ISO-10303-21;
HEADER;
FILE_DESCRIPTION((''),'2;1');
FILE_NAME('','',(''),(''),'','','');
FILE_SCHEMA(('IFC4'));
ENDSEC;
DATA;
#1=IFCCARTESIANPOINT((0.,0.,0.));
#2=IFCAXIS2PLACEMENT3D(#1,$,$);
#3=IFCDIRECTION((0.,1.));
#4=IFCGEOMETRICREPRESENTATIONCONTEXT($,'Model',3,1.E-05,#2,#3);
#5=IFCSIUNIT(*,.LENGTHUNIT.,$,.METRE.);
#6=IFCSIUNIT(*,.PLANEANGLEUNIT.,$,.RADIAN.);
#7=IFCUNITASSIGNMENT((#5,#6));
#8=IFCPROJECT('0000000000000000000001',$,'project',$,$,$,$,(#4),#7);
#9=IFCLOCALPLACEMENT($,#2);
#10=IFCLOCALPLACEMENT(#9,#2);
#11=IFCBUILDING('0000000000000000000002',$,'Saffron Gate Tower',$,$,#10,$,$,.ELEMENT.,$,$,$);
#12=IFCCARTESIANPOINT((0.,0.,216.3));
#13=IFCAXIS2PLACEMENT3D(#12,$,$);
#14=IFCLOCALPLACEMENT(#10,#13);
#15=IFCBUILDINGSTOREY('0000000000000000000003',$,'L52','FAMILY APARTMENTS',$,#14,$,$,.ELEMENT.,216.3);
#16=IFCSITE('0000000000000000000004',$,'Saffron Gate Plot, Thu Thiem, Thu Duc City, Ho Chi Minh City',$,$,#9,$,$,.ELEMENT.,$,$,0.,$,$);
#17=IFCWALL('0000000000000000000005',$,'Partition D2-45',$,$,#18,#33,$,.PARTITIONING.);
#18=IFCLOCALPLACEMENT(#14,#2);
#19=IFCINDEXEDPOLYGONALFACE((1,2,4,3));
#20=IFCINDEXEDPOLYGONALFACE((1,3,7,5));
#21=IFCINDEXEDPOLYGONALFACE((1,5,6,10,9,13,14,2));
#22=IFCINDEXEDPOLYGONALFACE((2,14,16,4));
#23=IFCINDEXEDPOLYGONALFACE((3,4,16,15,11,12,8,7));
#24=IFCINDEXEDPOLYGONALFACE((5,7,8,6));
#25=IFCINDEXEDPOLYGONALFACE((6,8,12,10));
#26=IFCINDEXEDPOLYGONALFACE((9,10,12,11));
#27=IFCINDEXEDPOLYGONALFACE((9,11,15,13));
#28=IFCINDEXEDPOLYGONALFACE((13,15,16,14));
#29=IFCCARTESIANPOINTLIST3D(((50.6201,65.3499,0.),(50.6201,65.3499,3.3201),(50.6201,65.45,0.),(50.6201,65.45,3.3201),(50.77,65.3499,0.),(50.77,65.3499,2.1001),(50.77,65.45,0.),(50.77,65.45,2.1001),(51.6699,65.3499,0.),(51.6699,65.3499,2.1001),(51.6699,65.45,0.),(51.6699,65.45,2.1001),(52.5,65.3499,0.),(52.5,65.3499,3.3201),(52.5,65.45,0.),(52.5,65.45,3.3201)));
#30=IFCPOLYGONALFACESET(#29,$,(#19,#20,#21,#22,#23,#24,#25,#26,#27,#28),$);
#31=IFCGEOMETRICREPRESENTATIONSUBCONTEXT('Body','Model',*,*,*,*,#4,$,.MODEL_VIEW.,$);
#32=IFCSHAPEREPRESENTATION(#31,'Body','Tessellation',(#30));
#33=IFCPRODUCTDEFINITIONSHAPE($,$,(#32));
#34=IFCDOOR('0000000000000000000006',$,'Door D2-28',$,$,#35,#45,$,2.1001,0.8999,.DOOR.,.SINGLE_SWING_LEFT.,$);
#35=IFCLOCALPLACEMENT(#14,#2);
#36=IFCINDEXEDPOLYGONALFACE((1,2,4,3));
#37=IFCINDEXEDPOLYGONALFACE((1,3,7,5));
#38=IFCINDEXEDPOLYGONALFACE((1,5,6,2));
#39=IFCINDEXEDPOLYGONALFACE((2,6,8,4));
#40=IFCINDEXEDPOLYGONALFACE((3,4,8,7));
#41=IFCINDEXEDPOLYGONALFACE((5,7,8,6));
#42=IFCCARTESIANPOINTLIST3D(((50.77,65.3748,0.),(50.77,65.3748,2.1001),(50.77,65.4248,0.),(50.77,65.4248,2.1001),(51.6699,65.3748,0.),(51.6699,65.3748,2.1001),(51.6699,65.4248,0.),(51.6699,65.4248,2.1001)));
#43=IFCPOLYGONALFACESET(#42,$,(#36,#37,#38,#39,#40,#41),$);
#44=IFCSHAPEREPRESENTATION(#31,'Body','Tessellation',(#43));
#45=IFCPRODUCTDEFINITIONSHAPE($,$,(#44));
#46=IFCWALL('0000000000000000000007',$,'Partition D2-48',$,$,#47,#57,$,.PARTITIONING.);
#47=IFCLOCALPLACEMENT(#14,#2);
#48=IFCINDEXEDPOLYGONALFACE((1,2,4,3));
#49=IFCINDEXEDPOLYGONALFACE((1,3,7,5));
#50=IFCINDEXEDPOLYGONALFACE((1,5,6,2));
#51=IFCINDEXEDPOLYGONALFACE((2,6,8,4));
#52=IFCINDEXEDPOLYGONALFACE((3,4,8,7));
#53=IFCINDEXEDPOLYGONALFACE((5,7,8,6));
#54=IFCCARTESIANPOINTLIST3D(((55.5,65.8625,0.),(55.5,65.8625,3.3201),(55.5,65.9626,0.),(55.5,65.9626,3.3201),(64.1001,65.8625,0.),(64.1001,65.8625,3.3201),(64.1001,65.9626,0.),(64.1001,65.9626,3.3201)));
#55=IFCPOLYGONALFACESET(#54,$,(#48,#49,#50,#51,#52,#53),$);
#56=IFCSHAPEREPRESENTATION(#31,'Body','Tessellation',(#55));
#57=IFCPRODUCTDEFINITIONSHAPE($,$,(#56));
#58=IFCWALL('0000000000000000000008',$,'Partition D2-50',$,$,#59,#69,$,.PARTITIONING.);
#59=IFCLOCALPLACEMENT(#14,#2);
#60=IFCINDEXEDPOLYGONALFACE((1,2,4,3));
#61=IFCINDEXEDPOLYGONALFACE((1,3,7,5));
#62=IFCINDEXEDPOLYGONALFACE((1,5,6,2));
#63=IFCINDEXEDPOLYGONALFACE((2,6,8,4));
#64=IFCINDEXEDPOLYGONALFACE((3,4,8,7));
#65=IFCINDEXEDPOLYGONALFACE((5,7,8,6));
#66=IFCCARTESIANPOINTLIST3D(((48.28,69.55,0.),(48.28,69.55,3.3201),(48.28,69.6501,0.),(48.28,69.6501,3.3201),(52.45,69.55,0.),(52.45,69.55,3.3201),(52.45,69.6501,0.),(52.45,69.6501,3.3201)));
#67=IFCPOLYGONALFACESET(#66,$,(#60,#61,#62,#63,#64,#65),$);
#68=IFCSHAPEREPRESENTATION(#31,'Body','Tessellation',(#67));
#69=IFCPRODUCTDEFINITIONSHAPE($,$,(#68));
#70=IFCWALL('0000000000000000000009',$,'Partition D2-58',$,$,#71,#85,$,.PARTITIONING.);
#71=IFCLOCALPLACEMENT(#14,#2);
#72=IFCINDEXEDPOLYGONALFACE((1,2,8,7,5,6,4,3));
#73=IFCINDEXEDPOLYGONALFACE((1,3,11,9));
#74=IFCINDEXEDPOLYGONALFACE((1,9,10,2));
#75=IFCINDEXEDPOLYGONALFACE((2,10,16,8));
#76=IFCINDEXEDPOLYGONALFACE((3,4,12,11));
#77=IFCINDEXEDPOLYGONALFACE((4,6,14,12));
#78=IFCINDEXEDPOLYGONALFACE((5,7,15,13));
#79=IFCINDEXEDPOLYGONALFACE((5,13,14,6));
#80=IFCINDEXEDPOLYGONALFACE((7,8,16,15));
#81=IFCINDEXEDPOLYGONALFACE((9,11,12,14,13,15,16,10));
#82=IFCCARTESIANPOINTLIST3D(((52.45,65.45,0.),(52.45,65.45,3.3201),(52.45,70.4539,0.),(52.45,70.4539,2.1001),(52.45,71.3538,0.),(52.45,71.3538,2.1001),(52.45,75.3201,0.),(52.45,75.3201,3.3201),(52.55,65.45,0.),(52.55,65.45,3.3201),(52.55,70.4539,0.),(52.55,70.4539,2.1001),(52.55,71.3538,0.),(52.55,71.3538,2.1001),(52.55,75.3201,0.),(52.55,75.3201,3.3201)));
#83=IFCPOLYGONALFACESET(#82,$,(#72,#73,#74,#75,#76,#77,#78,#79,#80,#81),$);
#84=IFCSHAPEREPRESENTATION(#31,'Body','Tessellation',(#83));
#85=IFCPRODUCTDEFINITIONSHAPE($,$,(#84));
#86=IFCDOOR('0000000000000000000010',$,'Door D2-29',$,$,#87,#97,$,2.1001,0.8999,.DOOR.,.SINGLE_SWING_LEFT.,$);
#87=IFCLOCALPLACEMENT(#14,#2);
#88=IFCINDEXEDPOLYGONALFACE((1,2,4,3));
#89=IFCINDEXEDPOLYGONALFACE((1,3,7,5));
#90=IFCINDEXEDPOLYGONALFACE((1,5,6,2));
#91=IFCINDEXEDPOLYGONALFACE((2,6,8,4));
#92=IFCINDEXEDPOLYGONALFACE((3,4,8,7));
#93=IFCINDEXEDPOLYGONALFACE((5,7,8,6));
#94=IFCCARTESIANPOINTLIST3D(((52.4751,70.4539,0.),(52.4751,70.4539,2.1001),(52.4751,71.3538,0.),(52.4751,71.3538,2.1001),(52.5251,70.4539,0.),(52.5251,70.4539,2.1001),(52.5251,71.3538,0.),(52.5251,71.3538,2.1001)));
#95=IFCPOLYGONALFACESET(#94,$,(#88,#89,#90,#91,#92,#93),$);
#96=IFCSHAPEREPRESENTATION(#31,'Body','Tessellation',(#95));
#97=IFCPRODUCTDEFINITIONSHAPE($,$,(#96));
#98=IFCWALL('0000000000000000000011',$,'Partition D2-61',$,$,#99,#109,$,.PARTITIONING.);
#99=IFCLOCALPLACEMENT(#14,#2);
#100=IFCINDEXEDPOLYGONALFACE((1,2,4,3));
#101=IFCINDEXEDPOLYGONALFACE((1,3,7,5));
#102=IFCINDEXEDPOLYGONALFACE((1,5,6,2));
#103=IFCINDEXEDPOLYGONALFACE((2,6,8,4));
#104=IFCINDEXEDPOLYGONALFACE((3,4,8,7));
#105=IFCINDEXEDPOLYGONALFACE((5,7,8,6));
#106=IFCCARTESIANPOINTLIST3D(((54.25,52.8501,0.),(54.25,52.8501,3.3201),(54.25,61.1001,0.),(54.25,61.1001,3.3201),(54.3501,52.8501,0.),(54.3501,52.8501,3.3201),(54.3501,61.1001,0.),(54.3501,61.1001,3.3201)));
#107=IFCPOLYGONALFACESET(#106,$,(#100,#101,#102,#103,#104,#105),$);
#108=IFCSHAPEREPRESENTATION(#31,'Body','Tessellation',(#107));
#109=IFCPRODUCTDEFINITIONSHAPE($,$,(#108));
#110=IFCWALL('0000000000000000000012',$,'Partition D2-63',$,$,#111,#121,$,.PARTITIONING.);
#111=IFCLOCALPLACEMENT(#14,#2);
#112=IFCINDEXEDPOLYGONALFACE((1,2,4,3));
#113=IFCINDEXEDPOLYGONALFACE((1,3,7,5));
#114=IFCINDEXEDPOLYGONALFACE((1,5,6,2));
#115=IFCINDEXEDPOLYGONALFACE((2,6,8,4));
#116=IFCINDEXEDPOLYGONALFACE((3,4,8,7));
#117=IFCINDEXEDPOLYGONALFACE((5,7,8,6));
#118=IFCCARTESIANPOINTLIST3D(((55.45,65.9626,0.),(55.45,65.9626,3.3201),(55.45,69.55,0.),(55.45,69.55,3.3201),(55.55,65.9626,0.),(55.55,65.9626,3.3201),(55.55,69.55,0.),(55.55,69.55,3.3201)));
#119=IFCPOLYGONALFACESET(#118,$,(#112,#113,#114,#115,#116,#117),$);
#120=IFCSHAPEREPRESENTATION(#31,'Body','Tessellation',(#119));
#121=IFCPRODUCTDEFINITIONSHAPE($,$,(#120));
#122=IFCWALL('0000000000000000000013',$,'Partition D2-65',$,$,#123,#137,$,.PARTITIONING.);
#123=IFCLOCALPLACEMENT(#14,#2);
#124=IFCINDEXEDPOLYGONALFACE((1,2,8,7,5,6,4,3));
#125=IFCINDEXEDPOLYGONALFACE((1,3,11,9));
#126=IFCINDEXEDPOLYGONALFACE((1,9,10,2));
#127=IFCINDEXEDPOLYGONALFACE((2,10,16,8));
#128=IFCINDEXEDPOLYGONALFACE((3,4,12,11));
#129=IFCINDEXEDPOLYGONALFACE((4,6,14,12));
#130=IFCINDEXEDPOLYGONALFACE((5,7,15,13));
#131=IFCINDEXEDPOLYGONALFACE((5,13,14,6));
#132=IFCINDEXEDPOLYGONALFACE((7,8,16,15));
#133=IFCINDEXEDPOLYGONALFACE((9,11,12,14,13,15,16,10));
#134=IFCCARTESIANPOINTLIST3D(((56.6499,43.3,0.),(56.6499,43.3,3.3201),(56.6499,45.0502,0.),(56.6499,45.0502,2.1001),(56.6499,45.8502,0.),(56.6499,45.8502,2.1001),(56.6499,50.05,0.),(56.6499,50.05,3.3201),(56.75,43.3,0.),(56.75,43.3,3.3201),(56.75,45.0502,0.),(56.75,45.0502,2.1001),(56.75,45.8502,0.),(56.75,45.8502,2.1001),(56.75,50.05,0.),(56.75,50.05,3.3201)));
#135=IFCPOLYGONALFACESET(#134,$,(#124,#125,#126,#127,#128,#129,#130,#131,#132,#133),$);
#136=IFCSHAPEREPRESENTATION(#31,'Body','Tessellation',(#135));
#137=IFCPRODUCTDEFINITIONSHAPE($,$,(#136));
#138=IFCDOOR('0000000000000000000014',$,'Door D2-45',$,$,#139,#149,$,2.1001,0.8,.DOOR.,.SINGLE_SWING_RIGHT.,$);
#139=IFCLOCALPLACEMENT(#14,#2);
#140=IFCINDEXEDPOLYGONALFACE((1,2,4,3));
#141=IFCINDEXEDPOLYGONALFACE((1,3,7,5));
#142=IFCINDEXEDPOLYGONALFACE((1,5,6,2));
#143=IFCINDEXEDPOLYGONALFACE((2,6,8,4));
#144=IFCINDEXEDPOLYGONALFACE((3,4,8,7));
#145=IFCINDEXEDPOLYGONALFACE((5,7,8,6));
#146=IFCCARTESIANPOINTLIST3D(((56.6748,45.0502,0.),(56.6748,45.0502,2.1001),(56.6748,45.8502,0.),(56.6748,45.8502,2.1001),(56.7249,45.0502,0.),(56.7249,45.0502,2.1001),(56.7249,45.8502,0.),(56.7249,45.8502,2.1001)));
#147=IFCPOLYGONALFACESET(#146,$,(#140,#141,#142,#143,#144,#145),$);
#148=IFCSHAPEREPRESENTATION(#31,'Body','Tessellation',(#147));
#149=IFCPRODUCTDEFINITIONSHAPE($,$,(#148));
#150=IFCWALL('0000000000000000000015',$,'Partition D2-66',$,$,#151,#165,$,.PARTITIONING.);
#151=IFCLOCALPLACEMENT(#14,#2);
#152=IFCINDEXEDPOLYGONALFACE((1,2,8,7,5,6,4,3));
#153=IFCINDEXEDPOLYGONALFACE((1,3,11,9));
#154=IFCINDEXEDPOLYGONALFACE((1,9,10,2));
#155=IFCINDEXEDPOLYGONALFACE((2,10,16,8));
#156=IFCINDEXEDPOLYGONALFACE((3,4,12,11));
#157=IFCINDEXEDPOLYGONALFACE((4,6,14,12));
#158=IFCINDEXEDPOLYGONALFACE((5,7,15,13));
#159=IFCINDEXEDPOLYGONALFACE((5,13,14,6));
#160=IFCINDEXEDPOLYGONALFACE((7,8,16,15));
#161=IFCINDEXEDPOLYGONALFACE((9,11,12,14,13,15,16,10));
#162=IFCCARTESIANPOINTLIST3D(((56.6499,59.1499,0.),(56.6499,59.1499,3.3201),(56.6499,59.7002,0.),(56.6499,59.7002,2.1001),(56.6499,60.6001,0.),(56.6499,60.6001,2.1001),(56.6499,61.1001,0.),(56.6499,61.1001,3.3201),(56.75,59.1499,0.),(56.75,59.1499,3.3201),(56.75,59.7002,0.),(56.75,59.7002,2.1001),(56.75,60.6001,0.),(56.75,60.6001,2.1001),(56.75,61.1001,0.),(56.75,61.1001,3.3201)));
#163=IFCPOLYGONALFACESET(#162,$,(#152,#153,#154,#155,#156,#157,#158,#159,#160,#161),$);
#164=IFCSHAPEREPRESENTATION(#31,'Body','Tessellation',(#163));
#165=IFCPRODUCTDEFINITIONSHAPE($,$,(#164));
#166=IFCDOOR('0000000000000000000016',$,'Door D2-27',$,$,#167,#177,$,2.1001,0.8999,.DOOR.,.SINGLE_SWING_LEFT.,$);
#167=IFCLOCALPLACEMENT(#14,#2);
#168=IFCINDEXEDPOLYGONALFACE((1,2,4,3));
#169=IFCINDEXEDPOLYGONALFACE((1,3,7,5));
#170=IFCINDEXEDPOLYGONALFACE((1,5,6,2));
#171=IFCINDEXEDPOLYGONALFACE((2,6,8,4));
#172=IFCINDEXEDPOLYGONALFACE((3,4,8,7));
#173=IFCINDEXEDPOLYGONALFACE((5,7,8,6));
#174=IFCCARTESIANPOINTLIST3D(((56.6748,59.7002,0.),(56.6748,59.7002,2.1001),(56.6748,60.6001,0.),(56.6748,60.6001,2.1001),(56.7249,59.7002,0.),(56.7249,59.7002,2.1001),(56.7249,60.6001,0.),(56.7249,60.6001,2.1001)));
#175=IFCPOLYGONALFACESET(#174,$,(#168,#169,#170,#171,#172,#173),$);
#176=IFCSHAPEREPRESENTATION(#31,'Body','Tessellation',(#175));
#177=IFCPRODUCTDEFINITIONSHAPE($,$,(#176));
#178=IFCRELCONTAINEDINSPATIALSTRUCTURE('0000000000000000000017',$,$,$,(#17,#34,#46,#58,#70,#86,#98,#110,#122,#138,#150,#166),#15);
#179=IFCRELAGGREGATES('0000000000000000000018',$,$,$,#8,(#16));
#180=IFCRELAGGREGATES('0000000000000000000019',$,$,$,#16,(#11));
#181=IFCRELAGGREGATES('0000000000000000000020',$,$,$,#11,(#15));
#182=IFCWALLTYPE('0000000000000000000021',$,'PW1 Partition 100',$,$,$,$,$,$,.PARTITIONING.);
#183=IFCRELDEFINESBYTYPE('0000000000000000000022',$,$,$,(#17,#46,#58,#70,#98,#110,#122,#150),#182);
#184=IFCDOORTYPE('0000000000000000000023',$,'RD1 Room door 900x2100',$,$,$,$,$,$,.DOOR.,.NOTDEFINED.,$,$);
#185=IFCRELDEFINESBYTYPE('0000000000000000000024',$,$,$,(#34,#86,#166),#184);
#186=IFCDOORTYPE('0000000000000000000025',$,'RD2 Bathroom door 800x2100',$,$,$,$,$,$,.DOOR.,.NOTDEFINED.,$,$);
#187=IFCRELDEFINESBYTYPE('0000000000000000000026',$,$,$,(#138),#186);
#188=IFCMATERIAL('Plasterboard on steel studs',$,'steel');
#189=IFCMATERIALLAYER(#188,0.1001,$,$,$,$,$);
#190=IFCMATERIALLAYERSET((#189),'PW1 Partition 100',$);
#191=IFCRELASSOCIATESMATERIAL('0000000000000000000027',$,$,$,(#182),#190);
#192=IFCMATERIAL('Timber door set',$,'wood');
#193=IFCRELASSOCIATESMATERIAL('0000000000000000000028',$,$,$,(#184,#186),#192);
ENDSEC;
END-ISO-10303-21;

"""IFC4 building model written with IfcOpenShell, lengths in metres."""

from ifc_helpers import new_model, si_unit, direction, frame, frame_2d, origin, place, context, subcontext, project, spatial, rectangle, extrude, material, layer, layer_set, type_object, element, fill, save


model = new_model("IFC4")

# Units and contexts
model_context = context("Model", 3, precision=1e-05, world=origin(), true_north=direction((0.0, 1.0)))
body_context = subcontext(model_context, "Body", "Model", "MODEL_VIEW")
ifc_project = project(units=[si_unit("LENGTHUNIT", "METRE"), si_unit("PLANEANGLEUNIT", "RADIAN")], contexts=[model_context])

# Site, building, storey
site_placement = place(None, origin())
site = spatial("IfcSite", under=ifc_project, at=site_placement, Name="Saffron Gate Plot, Thu Thiem, Thu Duc City, Ho Chi Minh City", CompositionType="ELEMENT", RefElevation=0.0)
building_placement = place(site_placement, origin())
building = spatial("IfcBuilding", under=site, at=building_placement, Name="Saffron Gate Tower", CompositionType="ELEMENT")
storey_placement = place(building_placement, frame((0.0, 0.0, 216.3)))
storey = spatial("IfcBuildingStorey", under=building, at=storey_placement, Name="L52", Description="FAMILY APARTMENTS", CompositionType="ELEMENT", Elevation=216.3)

# Shared definitions
ifc_material_1 = material(Name="Plasterboard on steel studs", Category="steel")
ifc_layer_1 = layer(ifc_material_1, 0.1001)
ifc_layer_set_1 = layer_set([ifc_layer_1], Name="PW1 Partition 100")
wall_type_1 = type_object("IfcWallType", Name="PW1 Partition 100", PredefinedType="PARTITIONING", material=ifc_layer_set_1)

# Shared definitions
ifc_material_2 = material(Name="Timber door set", Category="wood")
door_type_1 = type_object("IfcDoorType", Name="RD1 Room door 900x2100", OperationType="NOTDEFINED", PredefinedType="DOOR", material=ifc_material_2)

# Wall, opening, door
wall_1_placement = place(storey_placement, frame((50.6201, 65.3999, 0.0), z_axis=(0.0, 0.0, 1.0), x_axis=(1.0, 0.0, 0.0)))
wall_1 = element("IfcWall", 1, at=wall_1_placement, inside=storey, type_object=wall_type_1, Name="Partition D2-45", PredefinedType="PARTITIONING", context=body_context, shape_type="SweptSolid", body=[
    extrude(rectangle(XDim=1.8799, YDim=0.1001, at=frame_2d((0.9399, 0.0))), origin(), (0.0, 0.0, 1.0), 3.3201),
])
opening_1_placement = place(wall_1_placement, frame((0.1499, 0.0, 0.0)))
opening_1 = element("IfcOpeningElement", 2, at=opening_1_placement, cuts=wall_1, PredefinedType="OPENING", context=body_context, shape_type="SweptSolid", body=[
    extrude(rectangle(XDim=0.8999, YDim=2.1001, at=frame_2d((0.45, 1.05))), frame((0.0, 0.0601, 0.0), z_axis=(0.0, -1.0, 0.0), x_axis=(1.0, 0.0, 0.0)), (0.0, 0.0, 1.0), 0.1201),
])
door_1_placement = place(opening_1_placement, origin())
door_1 = element("IfcDoor", 3, at=door_1_placement, inside=storey, type_object=door_type_1, Name="Door D2-28", OperationType="SINGLE_SWING_LEFT", OverallHeight=2.1001, OverallWidth=0.8999, PredefinedType="DOOR", context=body_context, shape_type="SweptSolid", body=[
    extrude(rectangle(XDim=0.8999, YDim=2.1001, at=frame_2d((0.45, 1.05))), frame((0.0, 0.0249, 0.0), z_axis=(0.0, -1.0, 0.0), x_axis=(1.0, 0.0, 0.0)), (0.0, 0.0, 1.0), 0.05),
])
fill(opening_1, door_1)

# Walls
wall_2_placement = place(storey_placement, frame((55.5, 65.9126, 0.0), z_axis=(0.0, 0.0, 1.0), x_axis=(1.0, 0.0, 0.0)))
element("IfcWall", 4, at=wall_2_placement, inside=storey, type_object=wall_type_1, Name="Partition D2-48", PredefinedType="PARTITIONING", context=body_context, shape_type="SweptSolid", body=[
    extrude(rectangle(XDim=8.6001, YDim=0.1001, at=frame_2d((4.3, 0.0))), origin(), (0.0, 0.0, 1.0), 3.3201),
])
wall_3_placement = place(storey_placement, frame((48.28, 69.6001, 0.0), z_axis=(0.0, 0.0, 1.0), x_axis=(1.0, 0.0, 0.0)))
element("IfcWall", 5, at=wall_3_placement, inside=storey, type_object=wall_type_1, Name="Partition D2-50", PredefinedType="PARTITIONING", context=body_context, shape_type="SweptSolid", body=[
    extrude(rectangle(XDim=4.1699, YDim=0.1001, at=frame_2d((2.085, 0.0))), origin(), (0.0, 0.0, 1.0), 3.3201),
])

# Wall, opening, door
wall_4_placement = place(storey_placement, frame((52.5, 65.45, 0.0), z_axis=(0.0, 0.0, 1.0), x_axis=(0.0, 1.0, 0.0)))
wall_4 = element("IfcWall", 6, at=wall_4_placement, inside=storey, type_object=wall_type_1, Name="Partition D2-58", PredefinedType="PARTITIONING", context=body_context, shape_type="SweptSolid", body=[
    extrude(rectangle(XDim=9.8701, YDim=0.1001, at=frame_2d((4.9351, 0.0))), origin(), (0.0, 0.0, 1.0), 3.3201),
])
opening_2_placement = place(wall_4_placement, frame((5.0039, 0.0, 0.0)))
opening_2 = element("IfcOpeningElement", 7, at=opening_2_placement, cuts=wall_4, PredefinedType="OPENING", context=body_context, shape_type="SweptSolid", body=[
    extrude(rectangle(XDim=0.8999, YDim=2.1001, at=frame_2d((0.45, 1.05))), frame((0.0, 0.0601, 0.0), z_axis=(0.0, -1.0, 0.0), x_axis=(1.0, 0.0, 0.0)), (0.0, 0.0, 1.0), 0.1201),
])
door_2_placement = place(opening_2_placement, origin())
door_2 = element("IfcDoor", 8, at=door_2_placement, inside=storey, type_object=door_type_1, Name="Door D2-29", OperationType="SINGLE_SWING_LEFT", OverallHeight=2.1001, OverallWidth=0.8999, PredefinedType="DOOR", context=body_context, shape_type="SweptSolid", body=[
    extrude(rectangle(XDim=0.8999, YDim=2.1001, at=frame_2d((0.45, 1.05))), frame((0.0, 0.0249, 0.0), z_axis=(0.0, -1.0, 0.0), x_axis=(1.0, 0.0, 0.0)), (0.0, 0.0, 1.0), 0.05),
])
fill(opening_2, door_2)

# Walls
wall_5_placement = place(storey_placement, frame((54.3, 61.1001, 0.0), z_axis=(0.0, 0.0, 1.0), x_axis=(0.0, -1.0, 0.0)))
element("IfcWall", 9, at=wall_5_placement, inside=storey, type_object=wall_type_1, Name="Partition D2-61", PredefinedType="PARTITIONING", context=body_context, shape_type="SweptSolid", body=[
    extrude(rectangle(XDim=8.25, YDim=0.1001, at=frame_2d((4.125, 0.0))), origin(), (0.0, 0.0, 1.0), 3.3201),
])
wall_6_placement = place(storey_placement, frame((55.5, 69.55, 0.0), z_axis=(0.0, 0.0, 1.0), x_axis=(0.0, -1.0, 0.0)))
element("IfcWall", 10, at=wall_6_placement, inside=storey, type_object=wall_type_1, Name="Partition D2-63", PredefinedType="PARTITIONING", context=body_context, shape_type="SweptSolid", body=[
    extrude(rectangle(XDim=3.5874, YDim=0.1001, at=frame_2d((1.7937, 0.0))), origin(), (0.0, 0.0, 1.0), 3.3201),
])

# Walls, openings, doors
wall_7_placement = place(storey_placement, frame((56.7, 50.05, 0.0), z_axis=(0.0, 0.0, 1.0), x_axis=(0.0, -1.0, 0.0)))
wall_7 = element("IfcWall", 11, at=wall_7_placement, inside=storey, type_object=wall_type_1, Name="Partition D2-65", PredefinedType="PARTITIONING", context=body_context, shape_type="SweptSolid", body=[
    extrude(rectangle(XDim=6.75, YDim=0.1001, at=frame_2d((3.375, 0.0))), origin(), (0.0, 0.0, 1.0), 3.3201),
])
opening_3_placement = place(wall_7_placement, frame((4.2, 0.0, 0.0)))
opening_3 = element("IfcOpeningElement", 12, at=opening_3_placement, cuts=wall_7, PredefinedType="OPENING", context=body_context, shape_type="SweptSolid", body=[
    extrude(rectangle(XDim=0.8, YDim=2.1001, at=frame_2d((0.3999, 1.05))), frame((0.0, 0.0601, 0.0), z_axis=(0.0, -1.0, 0.0), x_axis=(1.0, 0.0, 0.0)), (0.0, 0.0, 1.0), 0.1201),
])
door_type_2 = type_object("IfcDoorType", Name="RD2 Bathroom door 800x2100", OperationType="NOTDEFINED", PredefinedType="DOOR", material=ifc_material_2)
door_3_placement = place(opening_3_placement, origin())
door_3 = element("IfcDoor", 13, at=door_3_placement, inside=storey, type_object=door_type_2, Name="Door D2-45", OperationType="SINGLE_SWING_RIGHT", OverallHeight=2.1001, OverallWidth=0.8, PredefinedType="DOOR", context=body_context, shape_type="SweptSolid", body=[
    extrude(rectangle(XDim=0.8, YDim=2.1001, at=frame_2d((0.3999, 1.05))), frame((0.0, 0.0249, 0.0), z_axis=(0.0, -1.0, 0.0), x_axis=(1.0, 0.0, 0.0)), (0.0, 0.0, 1.0), 0.05),
])
fill(opening_3, door_3)
wall_8_placement = place(storey_placement, frame((56.7, 61.1001, 0.0), z_axis=(0.0, 0.0, 1.0), x_axis=(0.0, -1.0, 0.0)))
wall_8 = element("IfcWall", 14, at=wall_8_placement, inside=storey, type_object=wall_type_1, Name="Partition D2-66", PredefinedType="PARTITIONING", context=body_context, shape_type="SweptSolid", body=[
    extrude(rectangle(XDim=1.9502, YDim=0.1001, at=frame_2d((0.9751, 0.0))), origin(), (0.0, 0.0, 1.0), 3.3201),
])
opening_4_placement = place(wall_8_placement, frame((0.5, 0.0, 0.0)))
opening_4 = element("IfcOpeningElement", 15, at=opening_4_placement, cuts=wall_8, PredefinedType="OPENING", context=body_context, shape_type="SweptSolid", body=[
    extrude(rectangle(XDim=0.8999, YDim=2.1001, at=frame_2d((0.45, 1.05))), frame((0.0, 0.0601, 0.0), z_axis=(0.0, -1.0, 0.0), x_axis=(1.0, 0.0, 0.0)), (0.0, 0.0, 1.0), 0.1201),
])
door_4_placement = place(opening_4_placement, origin())
door_4 = element("IfcDoor", 16, at=door_4_placement, inside=storey, type_object=door_type_1, Name="Door D2-27", OperationType="SINGLE_SWING_LEFT", OverallHeight=2.1001, OverallWidth=0.8999, PredefinedType="DOOR", context=body_context, shape_type="SweptSolid", body=[
    extrude(rectangle(XDim=0.8999, YDim=2.1001, at=frame_2d((0.45, 1.05))), frame((0.0, 0.0249, 0.0), z_axis=(0.0, -1.0, 0.0), x_axis=(1.0, 0.0, 0.0)), (0.0, 0.0, 1.0), 0.05),
])
fill(opening_4, door_4)

save(model, "model.ifc")
